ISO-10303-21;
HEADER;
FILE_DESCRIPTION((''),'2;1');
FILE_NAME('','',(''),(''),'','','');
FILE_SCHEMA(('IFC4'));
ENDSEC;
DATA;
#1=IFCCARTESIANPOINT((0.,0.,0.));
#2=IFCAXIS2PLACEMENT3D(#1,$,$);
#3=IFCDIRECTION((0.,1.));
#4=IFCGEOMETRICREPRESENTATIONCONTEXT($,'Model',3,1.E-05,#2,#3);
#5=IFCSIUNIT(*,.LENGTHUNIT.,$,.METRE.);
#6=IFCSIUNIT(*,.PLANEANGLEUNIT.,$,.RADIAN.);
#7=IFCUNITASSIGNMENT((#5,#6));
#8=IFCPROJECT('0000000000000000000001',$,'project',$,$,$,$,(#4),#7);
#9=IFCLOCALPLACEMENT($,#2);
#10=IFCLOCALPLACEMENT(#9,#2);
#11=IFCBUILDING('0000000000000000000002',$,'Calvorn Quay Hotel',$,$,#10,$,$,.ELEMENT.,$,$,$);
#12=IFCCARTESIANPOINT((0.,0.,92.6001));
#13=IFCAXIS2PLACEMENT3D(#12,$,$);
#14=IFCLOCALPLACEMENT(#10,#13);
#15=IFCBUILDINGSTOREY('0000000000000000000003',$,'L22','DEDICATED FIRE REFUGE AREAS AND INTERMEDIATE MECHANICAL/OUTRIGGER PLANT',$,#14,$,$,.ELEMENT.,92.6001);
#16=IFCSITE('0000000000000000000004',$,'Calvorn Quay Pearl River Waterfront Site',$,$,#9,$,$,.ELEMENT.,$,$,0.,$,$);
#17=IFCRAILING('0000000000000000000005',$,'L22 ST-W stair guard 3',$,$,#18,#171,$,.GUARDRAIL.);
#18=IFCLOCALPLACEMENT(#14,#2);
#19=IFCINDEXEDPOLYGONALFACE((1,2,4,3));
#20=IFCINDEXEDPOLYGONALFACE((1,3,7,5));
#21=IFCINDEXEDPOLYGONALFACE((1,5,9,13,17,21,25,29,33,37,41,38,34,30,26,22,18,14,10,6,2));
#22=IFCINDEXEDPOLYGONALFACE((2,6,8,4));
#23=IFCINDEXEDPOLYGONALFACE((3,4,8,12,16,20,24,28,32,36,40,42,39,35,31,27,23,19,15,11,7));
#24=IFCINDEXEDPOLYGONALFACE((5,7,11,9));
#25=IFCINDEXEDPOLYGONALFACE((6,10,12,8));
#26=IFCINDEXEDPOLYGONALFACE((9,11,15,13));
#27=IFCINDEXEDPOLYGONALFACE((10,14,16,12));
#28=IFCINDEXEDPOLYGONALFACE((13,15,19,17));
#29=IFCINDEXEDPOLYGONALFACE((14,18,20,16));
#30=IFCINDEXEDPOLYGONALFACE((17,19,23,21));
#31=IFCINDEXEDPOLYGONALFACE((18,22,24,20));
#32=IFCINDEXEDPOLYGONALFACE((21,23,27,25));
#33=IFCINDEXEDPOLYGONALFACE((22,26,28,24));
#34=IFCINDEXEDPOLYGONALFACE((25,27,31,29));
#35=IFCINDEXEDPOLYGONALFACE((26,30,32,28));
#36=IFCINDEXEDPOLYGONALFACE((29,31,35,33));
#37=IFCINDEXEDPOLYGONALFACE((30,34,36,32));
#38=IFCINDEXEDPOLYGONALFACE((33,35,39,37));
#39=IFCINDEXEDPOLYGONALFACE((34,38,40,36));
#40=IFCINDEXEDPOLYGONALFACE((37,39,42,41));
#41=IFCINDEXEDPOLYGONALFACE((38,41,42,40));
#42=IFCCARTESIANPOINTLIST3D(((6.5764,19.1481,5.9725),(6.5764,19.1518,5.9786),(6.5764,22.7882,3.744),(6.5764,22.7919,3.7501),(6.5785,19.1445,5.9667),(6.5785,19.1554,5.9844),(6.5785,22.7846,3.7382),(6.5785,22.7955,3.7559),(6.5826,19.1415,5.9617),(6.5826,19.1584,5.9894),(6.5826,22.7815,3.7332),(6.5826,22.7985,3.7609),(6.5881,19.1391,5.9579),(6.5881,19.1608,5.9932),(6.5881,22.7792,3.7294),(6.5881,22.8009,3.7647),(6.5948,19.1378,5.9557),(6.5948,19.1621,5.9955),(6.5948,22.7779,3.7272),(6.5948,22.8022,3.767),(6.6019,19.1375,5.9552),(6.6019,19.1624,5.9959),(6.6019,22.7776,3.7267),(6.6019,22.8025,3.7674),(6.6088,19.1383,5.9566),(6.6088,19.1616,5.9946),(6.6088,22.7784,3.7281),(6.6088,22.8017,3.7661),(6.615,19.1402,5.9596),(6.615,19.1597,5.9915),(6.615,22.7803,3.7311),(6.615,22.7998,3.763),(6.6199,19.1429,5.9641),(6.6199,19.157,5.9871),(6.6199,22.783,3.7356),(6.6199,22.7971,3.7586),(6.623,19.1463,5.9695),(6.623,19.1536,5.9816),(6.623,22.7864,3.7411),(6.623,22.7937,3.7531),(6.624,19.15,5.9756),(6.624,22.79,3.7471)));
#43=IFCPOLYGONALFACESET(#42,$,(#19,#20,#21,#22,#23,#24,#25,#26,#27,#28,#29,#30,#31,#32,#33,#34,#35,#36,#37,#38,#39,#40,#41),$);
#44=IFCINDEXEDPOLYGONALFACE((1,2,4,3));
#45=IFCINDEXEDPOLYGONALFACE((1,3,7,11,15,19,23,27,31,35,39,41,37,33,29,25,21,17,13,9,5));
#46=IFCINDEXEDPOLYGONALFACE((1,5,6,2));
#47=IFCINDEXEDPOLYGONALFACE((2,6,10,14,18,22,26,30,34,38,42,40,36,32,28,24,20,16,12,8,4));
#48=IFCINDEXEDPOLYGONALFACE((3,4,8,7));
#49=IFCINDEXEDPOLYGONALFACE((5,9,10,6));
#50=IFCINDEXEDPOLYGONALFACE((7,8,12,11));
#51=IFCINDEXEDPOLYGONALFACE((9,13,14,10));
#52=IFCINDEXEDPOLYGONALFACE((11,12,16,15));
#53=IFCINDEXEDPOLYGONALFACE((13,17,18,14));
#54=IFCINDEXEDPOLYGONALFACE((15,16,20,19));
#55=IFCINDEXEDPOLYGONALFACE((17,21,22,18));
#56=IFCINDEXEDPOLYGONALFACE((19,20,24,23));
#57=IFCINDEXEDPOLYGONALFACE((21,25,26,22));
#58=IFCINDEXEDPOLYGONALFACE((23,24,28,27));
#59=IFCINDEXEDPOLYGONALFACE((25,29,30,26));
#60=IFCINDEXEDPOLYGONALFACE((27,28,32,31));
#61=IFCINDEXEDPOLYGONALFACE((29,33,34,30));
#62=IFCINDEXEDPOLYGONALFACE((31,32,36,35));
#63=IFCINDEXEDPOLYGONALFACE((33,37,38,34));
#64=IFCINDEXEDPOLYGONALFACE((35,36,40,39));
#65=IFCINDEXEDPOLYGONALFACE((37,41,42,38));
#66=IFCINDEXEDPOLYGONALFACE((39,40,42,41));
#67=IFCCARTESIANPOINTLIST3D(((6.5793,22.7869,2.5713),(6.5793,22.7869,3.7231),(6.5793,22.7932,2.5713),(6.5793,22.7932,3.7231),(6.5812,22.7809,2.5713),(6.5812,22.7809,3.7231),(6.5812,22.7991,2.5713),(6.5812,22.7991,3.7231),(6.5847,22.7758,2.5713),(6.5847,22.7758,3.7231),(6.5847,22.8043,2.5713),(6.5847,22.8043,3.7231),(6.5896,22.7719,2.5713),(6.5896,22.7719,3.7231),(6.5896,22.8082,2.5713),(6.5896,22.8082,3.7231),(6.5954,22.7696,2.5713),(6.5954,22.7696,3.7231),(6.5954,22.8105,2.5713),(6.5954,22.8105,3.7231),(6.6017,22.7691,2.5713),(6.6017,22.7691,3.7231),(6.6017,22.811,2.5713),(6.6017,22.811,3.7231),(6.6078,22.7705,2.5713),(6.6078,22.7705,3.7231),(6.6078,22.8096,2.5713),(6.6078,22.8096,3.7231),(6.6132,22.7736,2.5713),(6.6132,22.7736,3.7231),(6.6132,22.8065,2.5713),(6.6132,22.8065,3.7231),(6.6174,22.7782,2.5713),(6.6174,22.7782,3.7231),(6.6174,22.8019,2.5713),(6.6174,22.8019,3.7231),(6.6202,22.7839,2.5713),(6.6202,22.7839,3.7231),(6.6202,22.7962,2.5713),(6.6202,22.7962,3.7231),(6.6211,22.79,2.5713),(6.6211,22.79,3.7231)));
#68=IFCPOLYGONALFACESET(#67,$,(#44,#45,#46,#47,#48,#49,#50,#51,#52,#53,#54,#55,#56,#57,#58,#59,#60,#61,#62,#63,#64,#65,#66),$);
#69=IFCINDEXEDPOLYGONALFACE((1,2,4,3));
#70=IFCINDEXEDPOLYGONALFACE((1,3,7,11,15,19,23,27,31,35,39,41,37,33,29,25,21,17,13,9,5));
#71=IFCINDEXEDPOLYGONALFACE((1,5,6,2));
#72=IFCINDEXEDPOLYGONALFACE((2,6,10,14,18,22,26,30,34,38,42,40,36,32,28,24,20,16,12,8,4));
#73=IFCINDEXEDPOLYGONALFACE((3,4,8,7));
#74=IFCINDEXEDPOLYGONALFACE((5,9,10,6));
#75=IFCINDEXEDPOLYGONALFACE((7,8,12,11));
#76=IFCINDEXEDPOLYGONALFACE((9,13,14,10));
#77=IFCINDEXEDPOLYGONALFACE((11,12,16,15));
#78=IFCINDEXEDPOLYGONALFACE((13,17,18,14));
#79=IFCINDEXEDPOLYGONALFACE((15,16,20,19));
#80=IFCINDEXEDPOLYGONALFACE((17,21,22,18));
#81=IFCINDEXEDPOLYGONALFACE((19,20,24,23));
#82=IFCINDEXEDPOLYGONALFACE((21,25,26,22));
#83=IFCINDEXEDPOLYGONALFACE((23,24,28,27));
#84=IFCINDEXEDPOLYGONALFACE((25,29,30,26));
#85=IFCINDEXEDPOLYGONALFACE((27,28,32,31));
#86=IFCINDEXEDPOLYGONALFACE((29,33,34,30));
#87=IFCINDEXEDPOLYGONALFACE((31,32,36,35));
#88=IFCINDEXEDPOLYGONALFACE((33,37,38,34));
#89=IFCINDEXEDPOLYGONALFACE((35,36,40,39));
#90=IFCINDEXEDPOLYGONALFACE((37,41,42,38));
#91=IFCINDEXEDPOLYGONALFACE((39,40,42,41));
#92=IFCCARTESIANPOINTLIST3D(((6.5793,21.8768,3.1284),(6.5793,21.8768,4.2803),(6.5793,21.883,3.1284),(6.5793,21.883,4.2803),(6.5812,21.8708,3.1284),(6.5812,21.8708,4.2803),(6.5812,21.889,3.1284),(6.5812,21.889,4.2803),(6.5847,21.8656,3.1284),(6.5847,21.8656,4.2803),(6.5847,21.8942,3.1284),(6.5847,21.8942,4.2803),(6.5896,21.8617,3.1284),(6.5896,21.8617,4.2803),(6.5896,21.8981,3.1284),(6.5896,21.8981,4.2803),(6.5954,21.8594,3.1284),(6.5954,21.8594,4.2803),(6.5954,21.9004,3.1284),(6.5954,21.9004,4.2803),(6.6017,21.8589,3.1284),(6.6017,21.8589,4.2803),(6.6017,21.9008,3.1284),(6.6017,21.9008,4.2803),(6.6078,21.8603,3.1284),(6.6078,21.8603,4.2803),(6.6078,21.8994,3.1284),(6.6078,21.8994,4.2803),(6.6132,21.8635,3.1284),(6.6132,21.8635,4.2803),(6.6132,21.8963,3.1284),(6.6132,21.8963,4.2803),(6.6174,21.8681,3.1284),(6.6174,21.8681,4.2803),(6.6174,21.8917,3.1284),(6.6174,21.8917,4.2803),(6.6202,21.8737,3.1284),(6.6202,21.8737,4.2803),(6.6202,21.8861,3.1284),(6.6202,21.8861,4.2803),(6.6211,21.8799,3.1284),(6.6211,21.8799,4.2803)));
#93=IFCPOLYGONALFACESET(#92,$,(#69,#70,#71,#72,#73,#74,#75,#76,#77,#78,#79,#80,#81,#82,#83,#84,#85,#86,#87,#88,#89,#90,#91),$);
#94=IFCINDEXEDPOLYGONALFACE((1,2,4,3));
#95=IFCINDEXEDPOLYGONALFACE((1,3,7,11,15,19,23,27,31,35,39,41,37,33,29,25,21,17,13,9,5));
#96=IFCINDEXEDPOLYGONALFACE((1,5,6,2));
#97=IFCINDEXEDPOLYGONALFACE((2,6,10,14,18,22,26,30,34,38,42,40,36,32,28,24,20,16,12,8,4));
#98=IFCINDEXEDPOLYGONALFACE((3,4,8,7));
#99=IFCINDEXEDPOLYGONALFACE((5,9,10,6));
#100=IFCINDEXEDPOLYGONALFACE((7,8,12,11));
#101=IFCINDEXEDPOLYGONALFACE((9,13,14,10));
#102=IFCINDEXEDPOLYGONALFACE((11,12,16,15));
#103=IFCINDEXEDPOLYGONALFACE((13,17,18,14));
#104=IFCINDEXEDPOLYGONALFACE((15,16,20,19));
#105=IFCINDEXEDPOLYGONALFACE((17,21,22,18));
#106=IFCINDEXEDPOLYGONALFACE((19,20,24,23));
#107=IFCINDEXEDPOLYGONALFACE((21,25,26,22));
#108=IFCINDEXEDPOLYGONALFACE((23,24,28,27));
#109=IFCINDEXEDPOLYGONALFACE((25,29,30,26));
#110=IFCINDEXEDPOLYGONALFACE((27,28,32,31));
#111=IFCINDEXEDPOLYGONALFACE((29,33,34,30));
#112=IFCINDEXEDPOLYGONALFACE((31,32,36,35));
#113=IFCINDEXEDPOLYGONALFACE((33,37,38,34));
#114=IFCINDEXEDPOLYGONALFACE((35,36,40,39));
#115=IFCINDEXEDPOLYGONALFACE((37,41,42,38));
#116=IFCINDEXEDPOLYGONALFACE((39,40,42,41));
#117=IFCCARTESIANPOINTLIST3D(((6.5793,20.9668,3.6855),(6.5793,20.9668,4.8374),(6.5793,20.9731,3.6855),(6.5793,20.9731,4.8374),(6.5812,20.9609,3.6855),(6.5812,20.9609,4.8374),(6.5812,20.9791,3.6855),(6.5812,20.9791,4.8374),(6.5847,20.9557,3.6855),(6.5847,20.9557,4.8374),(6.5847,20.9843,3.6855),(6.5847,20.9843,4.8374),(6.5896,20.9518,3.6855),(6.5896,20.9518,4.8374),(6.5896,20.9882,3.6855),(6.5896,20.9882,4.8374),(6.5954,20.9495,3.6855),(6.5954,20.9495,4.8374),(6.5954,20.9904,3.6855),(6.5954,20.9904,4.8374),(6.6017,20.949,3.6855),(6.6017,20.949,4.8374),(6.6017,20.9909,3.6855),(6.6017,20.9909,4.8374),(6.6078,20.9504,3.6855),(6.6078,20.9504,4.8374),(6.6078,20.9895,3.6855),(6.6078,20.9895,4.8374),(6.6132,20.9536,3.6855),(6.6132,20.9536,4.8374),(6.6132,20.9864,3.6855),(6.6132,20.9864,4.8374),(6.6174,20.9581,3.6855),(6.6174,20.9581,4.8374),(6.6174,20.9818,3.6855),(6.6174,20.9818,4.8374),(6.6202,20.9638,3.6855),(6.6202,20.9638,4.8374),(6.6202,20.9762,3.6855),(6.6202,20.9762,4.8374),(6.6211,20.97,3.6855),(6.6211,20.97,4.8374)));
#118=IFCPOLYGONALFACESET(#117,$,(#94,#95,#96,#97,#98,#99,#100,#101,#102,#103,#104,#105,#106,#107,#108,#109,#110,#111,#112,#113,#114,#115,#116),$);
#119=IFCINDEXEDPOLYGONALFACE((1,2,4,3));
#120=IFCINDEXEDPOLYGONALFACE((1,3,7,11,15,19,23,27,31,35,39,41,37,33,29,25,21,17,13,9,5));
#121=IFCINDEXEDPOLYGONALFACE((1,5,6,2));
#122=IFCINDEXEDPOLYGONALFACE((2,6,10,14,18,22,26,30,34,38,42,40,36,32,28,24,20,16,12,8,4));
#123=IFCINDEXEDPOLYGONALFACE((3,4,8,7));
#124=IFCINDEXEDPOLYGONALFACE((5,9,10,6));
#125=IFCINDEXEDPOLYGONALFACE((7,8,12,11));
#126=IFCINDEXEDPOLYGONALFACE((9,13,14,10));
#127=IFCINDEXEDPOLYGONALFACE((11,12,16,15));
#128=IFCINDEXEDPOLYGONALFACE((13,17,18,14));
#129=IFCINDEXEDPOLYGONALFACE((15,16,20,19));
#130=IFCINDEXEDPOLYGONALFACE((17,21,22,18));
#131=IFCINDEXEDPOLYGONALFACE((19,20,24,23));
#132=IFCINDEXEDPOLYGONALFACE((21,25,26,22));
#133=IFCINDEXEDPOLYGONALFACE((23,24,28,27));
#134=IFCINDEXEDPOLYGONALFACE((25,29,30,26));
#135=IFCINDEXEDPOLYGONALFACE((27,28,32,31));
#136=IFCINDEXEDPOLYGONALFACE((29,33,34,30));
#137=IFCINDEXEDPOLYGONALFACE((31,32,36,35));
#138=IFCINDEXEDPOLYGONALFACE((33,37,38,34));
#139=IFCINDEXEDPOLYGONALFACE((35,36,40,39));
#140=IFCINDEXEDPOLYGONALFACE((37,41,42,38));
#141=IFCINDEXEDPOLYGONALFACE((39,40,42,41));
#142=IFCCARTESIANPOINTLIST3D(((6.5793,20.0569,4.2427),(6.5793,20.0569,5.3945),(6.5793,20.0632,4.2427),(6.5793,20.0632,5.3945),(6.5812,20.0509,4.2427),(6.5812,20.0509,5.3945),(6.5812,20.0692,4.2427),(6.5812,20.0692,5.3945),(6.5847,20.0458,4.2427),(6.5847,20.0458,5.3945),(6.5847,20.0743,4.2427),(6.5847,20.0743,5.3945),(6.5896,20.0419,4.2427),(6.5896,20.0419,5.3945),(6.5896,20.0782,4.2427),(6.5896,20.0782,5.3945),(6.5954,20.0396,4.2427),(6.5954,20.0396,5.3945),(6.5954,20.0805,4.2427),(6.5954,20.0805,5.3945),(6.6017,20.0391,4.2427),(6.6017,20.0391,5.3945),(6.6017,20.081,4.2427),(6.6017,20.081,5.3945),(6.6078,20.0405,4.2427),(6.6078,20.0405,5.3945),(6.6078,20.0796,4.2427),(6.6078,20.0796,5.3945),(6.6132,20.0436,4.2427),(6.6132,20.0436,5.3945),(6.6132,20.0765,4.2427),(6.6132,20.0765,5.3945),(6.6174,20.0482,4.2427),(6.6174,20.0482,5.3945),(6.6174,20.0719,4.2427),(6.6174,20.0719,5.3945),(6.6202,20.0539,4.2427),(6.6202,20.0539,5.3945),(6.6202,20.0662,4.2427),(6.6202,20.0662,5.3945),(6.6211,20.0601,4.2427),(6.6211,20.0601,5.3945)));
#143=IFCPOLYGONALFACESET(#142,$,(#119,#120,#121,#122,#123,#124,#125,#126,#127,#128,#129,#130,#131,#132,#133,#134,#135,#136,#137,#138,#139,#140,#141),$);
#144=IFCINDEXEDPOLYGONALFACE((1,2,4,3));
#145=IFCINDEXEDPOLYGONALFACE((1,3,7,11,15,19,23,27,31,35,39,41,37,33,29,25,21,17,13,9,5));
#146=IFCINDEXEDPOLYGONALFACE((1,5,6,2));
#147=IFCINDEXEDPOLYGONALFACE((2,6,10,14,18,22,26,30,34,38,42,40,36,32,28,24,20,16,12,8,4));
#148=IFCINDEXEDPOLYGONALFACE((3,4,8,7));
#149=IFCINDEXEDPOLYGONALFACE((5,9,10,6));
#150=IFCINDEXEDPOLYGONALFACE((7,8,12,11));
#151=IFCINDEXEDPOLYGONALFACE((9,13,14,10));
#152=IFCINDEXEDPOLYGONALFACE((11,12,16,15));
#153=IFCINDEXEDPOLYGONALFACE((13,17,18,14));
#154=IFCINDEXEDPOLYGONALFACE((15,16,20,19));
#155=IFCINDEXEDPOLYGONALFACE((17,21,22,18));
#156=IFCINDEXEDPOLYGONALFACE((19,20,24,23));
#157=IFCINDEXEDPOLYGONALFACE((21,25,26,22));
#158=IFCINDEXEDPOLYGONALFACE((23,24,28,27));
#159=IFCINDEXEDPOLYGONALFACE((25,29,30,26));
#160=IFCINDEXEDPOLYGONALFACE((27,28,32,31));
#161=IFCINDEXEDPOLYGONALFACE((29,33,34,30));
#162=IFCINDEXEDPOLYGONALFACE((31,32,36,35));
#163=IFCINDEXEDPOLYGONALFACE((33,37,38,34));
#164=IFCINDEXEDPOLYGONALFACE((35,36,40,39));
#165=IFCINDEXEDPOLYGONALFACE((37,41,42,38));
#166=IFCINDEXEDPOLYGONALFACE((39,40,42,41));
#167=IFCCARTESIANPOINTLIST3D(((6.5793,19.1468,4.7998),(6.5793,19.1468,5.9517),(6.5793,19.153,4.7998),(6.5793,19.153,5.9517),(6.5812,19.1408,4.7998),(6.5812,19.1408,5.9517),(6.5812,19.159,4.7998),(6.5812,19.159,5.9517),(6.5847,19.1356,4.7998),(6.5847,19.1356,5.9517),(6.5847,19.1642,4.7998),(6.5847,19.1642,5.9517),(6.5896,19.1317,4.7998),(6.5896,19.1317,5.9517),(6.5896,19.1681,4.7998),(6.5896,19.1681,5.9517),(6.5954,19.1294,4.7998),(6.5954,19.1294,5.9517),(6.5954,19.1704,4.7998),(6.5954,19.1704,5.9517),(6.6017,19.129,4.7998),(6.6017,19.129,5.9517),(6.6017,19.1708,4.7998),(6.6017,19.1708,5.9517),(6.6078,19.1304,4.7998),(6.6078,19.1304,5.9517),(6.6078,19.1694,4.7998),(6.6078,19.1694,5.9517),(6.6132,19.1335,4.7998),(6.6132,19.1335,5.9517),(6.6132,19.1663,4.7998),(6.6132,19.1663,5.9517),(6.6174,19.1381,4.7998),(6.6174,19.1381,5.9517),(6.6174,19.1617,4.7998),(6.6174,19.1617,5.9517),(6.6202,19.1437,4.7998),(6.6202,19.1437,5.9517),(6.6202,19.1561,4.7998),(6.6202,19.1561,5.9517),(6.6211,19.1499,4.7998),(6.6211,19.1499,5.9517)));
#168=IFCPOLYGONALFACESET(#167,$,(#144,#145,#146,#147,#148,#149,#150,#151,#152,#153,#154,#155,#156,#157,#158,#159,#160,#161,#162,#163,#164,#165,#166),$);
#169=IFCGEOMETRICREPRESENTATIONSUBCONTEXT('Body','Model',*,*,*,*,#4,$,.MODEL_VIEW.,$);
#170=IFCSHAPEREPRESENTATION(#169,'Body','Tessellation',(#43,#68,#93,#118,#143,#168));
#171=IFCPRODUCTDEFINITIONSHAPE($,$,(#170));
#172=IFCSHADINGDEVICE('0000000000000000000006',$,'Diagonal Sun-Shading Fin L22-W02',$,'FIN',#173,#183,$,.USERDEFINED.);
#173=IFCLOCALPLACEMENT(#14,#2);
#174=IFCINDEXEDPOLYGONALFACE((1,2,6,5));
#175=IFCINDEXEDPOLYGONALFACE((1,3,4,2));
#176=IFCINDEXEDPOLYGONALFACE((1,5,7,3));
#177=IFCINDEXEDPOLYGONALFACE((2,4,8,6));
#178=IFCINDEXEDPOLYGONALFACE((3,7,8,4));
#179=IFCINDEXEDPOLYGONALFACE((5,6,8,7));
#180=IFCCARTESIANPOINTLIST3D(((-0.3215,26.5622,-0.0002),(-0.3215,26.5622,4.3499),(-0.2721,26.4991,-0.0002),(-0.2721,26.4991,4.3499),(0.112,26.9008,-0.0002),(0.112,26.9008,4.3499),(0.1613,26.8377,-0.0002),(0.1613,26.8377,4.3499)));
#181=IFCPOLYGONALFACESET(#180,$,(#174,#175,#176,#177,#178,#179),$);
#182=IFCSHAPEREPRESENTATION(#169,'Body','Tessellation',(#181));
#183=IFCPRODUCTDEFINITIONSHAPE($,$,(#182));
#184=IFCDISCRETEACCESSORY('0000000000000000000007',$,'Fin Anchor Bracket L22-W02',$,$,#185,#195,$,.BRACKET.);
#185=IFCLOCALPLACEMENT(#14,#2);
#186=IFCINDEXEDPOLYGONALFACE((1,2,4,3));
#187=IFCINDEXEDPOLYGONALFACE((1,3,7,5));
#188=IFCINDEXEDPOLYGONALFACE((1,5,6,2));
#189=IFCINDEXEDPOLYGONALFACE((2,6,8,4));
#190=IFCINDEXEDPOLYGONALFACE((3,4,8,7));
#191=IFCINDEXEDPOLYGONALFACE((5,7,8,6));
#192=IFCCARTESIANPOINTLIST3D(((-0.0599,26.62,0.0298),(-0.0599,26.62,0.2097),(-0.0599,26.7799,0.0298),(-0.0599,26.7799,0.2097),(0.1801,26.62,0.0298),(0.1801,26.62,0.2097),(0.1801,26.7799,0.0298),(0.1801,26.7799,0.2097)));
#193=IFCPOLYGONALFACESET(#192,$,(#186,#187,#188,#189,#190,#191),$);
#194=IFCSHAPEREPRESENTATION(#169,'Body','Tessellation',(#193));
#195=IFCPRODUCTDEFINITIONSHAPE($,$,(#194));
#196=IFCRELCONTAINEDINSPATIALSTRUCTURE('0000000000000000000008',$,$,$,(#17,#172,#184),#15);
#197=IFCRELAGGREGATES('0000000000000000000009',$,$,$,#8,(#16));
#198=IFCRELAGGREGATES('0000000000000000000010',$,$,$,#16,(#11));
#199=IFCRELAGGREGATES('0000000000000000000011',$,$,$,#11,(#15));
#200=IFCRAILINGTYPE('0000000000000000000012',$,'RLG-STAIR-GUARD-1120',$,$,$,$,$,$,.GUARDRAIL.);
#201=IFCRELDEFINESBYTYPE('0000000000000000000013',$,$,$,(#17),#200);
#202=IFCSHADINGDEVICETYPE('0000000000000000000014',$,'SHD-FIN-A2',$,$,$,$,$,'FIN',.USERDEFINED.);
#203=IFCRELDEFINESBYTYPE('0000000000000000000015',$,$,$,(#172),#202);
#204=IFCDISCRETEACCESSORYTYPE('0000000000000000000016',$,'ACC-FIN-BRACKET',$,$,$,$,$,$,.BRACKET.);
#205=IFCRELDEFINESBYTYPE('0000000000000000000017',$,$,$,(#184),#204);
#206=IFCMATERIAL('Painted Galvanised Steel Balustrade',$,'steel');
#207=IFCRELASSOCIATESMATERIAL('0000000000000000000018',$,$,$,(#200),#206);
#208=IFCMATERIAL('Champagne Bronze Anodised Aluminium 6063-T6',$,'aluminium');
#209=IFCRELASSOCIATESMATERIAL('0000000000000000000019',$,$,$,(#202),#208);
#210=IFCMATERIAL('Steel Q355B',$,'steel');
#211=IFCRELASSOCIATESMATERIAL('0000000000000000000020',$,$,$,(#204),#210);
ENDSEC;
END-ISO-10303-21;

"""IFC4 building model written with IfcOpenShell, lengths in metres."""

from ifc_helpers import new_model, si_unit, direction, frame, origin, origin_2d, place, context, subcontext, project, spatial, rectangle, circle, extrude, material, type_object, element, save


model = new_model("IFC4")

# Units and contexts
model_context = context("Model", 3, precision=1e-05, world=origin(), true_north=direction((0.0, 1.0)))
body_context = subcontext(model_context, "Body", "Model", "MODEL_VIEW")
ifc_project = project(units=[si_unit("LENGTHUNIT", "METRE"), si_unit("PLANEANGLEUNIT", "RADIAN")], contexts=[model_context])

# Site, building, storey
site_placement = place(None, origin())
site = spatial("IfcSite", under=ifc_project, at=site_placement, Name="Calvorn Quay Pearl River Waterfront Site", CompositionType="ELEMENT", RefElevation=0.0)
building_placement = place(site_placement, origin())
building = spatial("IfcBuilding", under=site, at=building_placement, Name="Calvorn Quay Hotel", CompositionType="ELEMENT")
storey_placement = place(building_placement, frame((0.0, 0.0, 92.6001)))
storey = spatial("IfcBuildingStorey", under=building, at=storey_placement, Name="L22", Description="DEDICATED FIRE REFUGE AREAS AND INTERMEDIATE MECHANICAL/OUTRIGGER PLANT", CompositionType="ELEMENT", Elevation=92.6001)

# Railing
ifc_material_1 = material(Name="Painted Galvanised Steel Balustrade", Category="steel")
railing_type_1 = type_object("IfcRailingType", Name="RLG-STAIR-GUARD-1120", PredefinedType="GUARDRAIL", material=ifc_material_1)
railing_1_placement = place(storey_placement, frame((6.6001, 22.79, 2.5713)))
element("IfcRailing", 1, at=railing_1_placement, inside=storey, type_object=railing_type_1, Name="L22 ST-W stair guard 3", PredefinedType="GUARDRAIL", context=body_context, shape_type="SweptSolid", body=[
    extrude(circle(Radius=0.0239, at=origin_2d()), frame((0.0, 0.0, 1.1758), z_axis=(0.0, -0.852866, 0.52213), x_axis=(1.0, 0.0, 0.0)), (0.0, 0.0, 1.0), 4.2681),
    extrude(circle(Radius=0.021, at=origin_2d()), origin(), (0.0, 0.0, 1.0), 1.1519),
    extrude(circle(Radius=0.021, at=origin_2d()), frame((0.0, -0.9102, 0.5571)), (0.0, 0.0, 1.0), 1.1519),
    extrude(circle(Radius=0.021, at=origin_2d()), frame((0.0, -1.8201, 1.1143)), (0.0, 0.0, 1.0), 1.1519),
    extrude(circle(Radius=0.021, at=origin_2d()), frame((0.0, -2.73, 1.6714)), (0.0, 0.0, 1.0), 1.1519),
    extrude(circle(Radius=0.021, at=origin_2d()), frame((0.0, -3.6401, 2.2285)), (0.0, 0.0, 1.0), 1.1519),
])

# Shading device
ifc_material_2 = material(Name="Champagne Bronze Anodised Aluminium 6063-T6", Category="aluminium")
shading_device_type = type_object("IfcShadingDeviceType", Name="SHD-FIN-A2", ElementType="FIN", PredefinedType="USERDEFINED", material=ifc_material_2)
shading_device_placement = place(storey_placement, frame((-0.0801, 26.7, -0.0002), z_axis=(0.0, 0.0, 1.0), x_axis=(0.788011, 0.615661, 0.0)))
element("IfcShadingDevice", 2, at=shading_device_placement, inside=storey, type_object=shading_device_type, Name="Diagonal Sun-Shading Fin L22-W02", ObjectType="FIN", PredefinedType="USERDEFINED", context=body_context, shape_type="SweptSolid", body=[
    extrude(rectangle(XDim=0.55, YDim=0.0801, at=origin_2d()), origin(), (0.0, 0.0, 1.0), 4.3501),
])

# Discrete accessory
ifc_material_3 = material(Name="Steel Q355B", Category="steel")
discrete_accessory_type = type_object("IfcDiscreteAccessoryType", Name="ACC-FIN-BRACKET", PredefinedType="BRACKET", material=ifc_material_3)
discrete_accessory_placement = place(storey_placement, frame((0.0601, 26.7, 0.0298), z_axis=(0.0, 0.0, 1.0), x_axis=(1.0, 0.0, 0.0)))
element("IfcDiscreteAccessory", 3, at=discrete_accessory_placement, inside=storey, type_object=discrete_accessory_type, Name="Fin Anchor Bracket L22-W02", PredefinedType="BRACKET", context=body_context, shape_type="SweptSolid", body=[
    extrude(rectangle(XDim=0.24, YDim=0.1599, at=origin_2d()), origin(), (0.0, 0.0, 1.0), 0.1799),
])

save(model, "model.ifc")
